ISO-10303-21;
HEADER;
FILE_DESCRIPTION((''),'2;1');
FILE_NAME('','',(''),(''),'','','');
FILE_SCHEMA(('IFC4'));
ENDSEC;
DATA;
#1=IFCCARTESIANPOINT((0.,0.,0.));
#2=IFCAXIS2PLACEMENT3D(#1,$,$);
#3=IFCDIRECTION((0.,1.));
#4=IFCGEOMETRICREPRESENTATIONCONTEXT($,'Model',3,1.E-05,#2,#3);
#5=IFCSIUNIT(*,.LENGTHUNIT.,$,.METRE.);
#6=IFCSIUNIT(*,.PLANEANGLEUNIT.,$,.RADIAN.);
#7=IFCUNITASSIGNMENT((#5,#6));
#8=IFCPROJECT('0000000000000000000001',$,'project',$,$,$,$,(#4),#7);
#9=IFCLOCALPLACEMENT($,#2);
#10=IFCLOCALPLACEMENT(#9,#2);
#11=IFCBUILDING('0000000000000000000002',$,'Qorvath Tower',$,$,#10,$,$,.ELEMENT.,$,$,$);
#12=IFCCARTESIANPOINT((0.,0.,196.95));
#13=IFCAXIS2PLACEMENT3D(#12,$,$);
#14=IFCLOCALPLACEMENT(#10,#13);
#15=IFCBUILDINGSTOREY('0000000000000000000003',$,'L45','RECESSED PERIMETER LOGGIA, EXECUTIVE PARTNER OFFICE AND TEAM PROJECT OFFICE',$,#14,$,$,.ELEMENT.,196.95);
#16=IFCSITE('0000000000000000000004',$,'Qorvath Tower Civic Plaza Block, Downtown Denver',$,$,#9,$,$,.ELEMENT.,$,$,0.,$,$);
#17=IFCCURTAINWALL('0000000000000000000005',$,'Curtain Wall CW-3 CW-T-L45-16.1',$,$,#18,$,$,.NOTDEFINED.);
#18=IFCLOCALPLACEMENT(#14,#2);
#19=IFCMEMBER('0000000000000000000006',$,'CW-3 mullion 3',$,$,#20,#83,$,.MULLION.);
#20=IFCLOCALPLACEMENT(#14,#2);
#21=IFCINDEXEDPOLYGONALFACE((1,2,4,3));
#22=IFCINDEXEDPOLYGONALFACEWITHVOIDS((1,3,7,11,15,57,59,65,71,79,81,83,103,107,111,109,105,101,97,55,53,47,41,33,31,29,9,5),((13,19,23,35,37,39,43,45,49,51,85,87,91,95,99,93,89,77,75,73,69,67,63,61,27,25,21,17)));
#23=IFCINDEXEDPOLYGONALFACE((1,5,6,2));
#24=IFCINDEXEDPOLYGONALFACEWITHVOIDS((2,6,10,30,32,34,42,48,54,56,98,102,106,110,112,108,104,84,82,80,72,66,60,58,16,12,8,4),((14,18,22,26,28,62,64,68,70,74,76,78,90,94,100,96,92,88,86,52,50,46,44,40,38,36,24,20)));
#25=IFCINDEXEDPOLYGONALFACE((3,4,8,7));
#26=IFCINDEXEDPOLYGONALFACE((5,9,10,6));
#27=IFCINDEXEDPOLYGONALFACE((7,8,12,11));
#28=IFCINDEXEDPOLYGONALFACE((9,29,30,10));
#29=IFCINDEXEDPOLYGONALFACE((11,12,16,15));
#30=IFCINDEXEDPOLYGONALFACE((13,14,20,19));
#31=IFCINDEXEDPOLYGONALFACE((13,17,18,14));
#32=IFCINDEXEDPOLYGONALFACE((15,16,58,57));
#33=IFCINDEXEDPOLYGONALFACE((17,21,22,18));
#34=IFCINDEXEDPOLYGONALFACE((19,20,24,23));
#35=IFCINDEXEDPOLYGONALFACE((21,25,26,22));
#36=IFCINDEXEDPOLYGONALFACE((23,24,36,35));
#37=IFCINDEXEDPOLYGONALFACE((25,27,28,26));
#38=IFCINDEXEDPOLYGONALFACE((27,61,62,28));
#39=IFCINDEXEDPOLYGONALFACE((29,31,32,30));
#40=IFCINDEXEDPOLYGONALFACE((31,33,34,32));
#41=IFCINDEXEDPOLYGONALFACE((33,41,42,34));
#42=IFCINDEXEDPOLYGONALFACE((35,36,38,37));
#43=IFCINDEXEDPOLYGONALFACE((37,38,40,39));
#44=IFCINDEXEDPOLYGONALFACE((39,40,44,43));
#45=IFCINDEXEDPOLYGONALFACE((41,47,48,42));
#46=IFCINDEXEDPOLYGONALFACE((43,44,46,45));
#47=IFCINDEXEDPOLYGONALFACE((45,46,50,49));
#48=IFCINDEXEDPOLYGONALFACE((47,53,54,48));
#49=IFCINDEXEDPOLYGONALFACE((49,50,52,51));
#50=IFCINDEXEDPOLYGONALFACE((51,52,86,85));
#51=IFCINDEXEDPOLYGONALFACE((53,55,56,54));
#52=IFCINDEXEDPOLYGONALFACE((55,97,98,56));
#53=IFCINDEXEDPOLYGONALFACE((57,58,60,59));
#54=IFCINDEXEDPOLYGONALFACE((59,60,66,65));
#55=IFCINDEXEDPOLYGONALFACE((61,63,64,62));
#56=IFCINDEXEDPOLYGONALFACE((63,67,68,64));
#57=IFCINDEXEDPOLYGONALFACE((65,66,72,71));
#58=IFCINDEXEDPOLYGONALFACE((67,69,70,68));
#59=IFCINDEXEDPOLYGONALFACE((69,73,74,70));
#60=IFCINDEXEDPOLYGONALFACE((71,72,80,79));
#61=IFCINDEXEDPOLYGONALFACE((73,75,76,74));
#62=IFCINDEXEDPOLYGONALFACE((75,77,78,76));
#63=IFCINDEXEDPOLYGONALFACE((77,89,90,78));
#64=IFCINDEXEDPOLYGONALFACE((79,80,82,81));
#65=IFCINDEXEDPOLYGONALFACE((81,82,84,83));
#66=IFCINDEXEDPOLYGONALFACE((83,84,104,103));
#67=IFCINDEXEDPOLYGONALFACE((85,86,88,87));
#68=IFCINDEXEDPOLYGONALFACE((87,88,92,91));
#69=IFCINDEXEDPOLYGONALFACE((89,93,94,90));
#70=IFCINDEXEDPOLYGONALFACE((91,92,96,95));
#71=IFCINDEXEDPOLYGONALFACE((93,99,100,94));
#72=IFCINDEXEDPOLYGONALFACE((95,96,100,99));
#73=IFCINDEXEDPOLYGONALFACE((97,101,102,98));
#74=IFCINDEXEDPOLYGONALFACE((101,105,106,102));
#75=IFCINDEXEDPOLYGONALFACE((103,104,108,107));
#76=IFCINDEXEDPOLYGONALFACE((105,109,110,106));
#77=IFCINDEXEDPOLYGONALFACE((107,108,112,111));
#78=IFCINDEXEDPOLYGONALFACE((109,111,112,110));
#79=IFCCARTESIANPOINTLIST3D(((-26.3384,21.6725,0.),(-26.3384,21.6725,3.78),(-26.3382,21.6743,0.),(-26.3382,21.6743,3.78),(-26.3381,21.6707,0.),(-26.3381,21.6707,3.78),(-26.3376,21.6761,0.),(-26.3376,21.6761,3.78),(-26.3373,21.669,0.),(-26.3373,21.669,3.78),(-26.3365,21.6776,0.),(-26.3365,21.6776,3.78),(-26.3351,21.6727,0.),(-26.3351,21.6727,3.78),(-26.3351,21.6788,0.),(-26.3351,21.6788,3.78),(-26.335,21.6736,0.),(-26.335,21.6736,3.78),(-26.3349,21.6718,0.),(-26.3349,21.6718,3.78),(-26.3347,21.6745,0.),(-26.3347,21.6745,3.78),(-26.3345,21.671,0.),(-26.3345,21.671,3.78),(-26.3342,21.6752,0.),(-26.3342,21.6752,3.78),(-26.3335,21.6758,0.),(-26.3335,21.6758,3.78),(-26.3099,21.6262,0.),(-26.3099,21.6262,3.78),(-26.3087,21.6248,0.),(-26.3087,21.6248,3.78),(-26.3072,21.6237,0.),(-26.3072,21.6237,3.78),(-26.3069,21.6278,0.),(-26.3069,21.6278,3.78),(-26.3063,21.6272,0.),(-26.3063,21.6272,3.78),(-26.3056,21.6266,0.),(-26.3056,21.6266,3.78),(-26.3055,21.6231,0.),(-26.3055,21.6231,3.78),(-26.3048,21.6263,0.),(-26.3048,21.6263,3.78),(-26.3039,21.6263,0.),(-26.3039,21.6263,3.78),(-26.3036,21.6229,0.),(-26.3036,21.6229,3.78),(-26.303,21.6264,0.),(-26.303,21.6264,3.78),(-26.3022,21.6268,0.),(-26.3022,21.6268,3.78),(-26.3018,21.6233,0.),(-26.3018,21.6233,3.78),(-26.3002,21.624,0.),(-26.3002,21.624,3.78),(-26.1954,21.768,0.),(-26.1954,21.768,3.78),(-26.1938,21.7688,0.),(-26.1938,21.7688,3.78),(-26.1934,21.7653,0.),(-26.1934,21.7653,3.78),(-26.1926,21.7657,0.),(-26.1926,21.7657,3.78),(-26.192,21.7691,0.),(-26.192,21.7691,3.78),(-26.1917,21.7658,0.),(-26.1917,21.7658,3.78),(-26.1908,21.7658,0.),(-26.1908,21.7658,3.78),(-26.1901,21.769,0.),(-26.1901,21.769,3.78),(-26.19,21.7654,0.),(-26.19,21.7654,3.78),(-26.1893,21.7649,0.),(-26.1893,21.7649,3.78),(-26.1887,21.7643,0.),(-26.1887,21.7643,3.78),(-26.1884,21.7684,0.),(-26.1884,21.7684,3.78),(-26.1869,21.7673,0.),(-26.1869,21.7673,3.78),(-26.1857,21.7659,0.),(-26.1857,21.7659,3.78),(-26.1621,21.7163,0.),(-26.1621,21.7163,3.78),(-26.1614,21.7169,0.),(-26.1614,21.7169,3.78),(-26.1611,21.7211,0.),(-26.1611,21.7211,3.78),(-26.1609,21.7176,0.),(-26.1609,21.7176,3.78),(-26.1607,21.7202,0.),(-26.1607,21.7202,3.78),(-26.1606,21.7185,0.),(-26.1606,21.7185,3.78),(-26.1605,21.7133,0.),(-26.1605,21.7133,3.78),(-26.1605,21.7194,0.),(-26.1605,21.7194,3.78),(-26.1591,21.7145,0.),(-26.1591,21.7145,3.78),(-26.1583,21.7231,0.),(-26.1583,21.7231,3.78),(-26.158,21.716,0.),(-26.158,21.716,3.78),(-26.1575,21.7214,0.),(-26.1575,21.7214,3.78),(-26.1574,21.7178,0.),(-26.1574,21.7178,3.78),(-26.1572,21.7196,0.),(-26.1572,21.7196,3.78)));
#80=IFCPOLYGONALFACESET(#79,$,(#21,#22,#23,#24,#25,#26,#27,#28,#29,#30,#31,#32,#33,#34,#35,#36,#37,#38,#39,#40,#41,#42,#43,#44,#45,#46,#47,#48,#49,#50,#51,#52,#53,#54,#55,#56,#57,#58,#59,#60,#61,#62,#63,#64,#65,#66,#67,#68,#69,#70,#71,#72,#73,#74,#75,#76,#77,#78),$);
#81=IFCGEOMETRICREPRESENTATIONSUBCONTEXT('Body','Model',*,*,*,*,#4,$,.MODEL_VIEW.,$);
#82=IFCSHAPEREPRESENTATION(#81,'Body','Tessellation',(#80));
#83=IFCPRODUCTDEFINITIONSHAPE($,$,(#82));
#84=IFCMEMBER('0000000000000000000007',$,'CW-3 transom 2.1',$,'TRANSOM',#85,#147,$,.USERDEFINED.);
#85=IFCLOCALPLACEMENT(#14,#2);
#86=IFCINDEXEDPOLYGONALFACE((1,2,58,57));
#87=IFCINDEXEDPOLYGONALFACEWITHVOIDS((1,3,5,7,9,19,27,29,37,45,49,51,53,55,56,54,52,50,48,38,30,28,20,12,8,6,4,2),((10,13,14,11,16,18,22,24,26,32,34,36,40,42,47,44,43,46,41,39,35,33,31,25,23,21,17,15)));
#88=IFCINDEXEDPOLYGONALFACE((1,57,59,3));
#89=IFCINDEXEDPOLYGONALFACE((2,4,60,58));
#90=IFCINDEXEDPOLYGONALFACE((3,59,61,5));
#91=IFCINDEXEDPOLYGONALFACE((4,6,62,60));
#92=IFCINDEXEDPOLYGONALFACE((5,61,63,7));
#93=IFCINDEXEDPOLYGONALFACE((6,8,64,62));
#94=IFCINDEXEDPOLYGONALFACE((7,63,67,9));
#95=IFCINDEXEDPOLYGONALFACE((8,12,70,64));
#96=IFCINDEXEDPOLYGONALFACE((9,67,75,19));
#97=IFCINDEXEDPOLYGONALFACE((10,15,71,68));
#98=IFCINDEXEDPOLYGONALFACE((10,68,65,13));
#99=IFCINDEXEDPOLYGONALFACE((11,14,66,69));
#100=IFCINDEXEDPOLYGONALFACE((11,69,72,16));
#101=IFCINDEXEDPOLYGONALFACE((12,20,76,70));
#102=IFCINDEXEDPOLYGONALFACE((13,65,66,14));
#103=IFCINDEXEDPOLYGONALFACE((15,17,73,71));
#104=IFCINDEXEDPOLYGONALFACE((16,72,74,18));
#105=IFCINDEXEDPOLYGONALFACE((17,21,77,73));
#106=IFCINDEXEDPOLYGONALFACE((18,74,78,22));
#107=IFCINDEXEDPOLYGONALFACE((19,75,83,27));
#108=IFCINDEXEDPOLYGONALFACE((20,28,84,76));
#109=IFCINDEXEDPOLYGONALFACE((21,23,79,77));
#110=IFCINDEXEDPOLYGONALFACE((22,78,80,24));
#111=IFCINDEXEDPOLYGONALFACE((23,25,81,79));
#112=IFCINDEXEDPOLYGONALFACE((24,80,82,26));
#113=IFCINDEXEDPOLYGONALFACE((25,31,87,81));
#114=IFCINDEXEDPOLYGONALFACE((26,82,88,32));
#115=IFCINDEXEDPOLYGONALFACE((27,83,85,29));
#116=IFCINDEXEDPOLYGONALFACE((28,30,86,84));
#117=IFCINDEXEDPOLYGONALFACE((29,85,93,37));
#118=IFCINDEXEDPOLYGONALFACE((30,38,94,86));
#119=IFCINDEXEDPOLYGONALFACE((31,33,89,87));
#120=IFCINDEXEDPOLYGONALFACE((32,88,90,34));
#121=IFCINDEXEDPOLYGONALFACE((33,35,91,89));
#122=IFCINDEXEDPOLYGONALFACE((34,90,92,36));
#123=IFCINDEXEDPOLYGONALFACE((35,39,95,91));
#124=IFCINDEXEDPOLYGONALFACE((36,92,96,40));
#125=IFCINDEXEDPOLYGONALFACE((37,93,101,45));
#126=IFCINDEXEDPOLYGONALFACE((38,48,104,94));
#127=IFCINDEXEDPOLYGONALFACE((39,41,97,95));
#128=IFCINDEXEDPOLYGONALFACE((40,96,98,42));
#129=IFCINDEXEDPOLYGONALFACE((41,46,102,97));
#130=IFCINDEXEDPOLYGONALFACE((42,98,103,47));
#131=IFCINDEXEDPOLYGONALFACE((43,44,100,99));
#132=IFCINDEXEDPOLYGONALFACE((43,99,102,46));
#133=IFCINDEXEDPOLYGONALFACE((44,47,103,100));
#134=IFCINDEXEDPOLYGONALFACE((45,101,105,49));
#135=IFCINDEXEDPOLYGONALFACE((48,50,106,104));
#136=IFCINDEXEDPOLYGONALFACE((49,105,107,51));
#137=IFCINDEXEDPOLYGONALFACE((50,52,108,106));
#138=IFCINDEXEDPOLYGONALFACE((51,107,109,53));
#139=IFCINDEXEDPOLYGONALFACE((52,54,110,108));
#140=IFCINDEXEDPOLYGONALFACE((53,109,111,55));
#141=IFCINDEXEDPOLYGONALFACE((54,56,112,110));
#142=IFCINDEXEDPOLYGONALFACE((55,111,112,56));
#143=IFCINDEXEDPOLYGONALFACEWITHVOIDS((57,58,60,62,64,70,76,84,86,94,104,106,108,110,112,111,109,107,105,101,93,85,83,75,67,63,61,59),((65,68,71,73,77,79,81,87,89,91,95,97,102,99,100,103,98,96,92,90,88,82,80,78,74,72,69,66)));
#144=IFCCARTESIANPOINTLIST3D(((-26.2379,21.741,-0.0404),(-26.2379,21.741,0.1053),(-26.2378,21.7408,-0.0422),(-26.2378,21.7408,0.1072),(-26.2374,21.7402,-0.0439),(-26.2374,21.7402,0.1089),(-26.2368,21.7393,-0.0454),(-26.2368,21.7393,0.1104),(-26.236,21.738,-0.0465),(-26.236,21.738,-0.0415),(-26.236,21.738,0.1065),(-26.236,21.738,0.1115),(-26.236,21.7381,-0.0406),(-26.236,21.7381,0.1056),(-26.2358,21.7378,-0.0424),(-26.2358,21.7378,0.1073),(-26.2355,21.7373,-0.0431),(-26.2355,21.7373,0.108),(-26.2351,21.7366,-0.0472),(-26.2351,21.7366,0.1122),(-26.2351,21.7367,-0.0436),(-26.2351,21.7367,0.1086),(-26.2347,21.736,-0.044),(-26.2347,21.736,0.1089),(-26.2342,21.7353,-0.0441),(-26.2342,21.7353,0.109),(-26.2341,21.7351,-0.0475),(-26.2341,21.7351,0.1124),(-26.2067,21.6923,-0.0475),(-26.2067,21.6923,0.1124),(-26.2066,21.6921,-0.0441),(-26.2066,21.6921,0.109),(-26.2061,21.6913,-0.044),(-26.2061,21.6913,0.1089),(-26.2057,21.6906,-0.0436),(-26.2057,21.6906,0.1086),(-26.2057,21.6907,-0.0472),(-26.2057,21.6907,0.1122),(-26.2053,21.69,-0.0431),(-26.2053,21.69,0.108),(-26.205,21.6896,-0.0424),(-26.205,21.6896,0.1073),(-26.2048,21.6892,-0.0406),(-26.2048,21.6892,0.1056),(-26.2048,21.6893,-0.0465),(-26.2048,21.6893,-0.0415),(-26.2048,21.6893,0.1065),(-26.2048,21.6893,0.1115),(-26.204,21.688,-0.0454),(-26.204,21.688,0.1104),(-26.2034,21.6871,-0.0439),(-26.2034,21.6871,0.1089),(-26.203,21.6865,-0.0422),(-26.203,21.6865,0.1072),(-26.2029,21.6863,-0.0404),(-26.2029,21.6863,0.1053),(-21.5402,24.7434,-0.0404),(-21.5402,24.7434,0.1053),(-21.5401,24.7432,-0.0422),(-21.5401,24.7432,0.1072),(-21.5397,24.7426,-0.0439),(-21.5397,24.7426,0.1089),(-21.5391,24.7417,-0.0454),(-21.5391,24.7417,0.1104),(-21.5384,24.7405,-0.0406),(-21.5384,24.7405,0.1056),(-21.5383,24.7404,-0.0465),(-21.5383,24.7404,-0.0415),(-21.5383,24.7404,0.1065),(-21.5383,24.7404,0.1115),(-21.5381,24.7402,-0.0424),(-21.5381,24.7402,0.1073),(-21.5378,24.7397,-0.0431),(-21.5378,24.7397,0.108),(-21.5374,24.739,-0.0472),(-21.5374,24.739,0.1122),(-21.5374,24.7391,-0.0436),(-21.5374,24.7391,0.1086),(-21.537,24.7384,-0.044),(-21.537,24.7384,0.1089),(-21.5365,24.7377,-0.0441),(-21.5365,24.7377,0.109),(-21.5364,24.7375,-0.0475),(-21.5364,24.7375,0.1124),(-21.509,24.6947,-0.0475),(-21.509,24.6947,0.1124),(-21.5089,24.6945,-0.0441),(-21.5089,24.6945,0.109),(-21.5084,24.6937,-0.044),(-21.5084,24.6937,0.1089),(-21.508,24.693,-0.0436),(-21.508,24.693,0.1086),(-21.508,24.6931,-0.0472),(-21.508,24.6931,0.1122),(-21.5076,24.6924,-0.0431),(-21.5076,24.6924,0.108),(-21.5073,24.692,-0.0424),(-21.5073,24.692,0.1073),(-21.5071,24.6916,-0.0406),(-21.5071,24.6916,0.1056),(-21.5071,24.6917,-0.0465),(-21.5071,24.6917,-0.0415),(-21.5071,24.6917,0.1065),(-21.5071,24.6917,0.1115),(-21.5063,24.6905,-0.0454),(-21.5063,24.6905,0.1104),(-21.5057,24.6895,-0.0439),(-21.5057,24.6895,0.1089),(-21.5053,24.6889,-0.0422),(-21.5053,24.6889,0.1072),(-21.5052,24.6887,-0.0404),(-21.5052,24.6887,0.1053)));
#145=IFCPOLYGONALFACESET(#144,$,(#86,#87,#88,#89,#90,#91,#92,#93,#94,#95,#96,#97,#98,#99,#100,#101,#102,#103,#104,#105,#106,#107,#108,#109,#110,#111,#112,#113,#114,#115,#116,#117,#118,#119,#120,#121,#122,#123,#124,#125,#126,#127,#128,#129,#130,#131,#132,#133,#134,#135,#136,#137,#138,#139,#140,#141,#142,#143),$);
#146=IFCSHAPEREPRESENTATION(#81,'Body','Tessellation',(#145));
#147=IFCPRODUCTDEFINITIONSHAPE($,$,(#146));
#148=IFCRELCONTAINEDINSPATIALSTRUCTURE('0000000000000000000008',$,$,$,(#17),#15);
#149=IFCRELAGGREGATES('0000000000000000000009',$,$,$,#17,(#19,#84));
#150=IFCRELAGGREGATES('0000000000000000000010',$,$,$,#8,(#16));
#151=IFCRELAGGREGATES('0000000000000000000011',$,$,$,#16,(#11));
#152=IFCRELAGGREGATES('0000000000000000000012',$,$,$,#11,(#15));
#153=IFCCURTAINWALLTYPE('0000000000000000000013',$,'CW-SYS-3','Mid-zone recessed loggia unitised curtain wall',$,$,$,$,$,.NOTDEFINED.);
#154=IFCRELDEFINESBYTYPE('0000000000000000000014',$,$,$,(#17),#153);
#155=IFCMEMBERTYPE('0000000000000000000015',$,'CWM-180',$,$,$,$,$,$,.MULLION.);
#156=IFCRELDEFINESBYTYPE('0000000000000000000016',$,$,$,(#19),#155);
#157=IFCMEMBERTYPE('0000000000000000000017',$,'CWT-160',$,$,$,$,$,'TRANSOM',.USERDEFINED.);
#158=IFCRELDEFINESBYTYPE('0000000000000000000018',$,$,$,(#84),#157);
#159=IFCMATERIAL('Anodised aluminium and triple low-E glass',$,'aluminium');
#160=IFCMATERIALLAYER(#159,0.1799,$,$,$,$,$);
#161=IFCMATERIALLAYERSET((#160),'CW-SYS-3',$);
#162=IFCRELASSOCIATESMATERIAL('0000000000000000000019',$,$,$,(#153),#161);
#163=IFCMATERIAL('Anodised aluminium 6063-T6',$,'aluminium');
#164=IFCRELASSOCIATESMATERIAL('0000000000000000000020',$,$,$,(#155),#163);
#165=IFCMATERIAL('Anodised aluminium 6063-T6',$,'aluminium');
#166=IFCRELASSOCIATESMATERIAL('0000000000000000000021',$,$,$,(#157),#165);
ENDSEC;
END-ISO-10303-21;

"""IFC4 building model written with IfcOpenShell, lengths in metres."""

from ifc_helpers import new_model, si_unit, direction, frame, origin, origin_2d, place, context, subcontext, project, spatial, hollow_rectangle, extrude, material, layer, layer_set, material_profile, profile_set, type_object, element, aggregate, save


model = new_model("IFC4")

# Units and contexts
model_context = context("Model", 3, precision=1e-05, world=origin(), true_north=direction((0.0, 1.0)))
body_context = subcontext(model_context, "Body", "Model", "MODEL_VIEW")
ifc_project = project(units=[si_unit("LENGTHUNIT", "METRE"), si_unit("PLANEANGLEUNIT", "RADIAN")], contexts=[model_context])

# Site, building, storey
site_placement = place(None, origin())
site = spatial("IfcSite", under=ifc_project, at=site_placement, Name="Qorvath Tower Civic Plaza Block, Downtown Denver", CompositionType="ELEMENT", RefElevation=0.0)
building_placement = place(site_placement, origin())
building = spatial("IfcBuilding", under=site, at=building_placement, Name="Qorvath Tower", CompositionType="ELEMENT")
storey_placement = place(building_placement, frame((0.0, 0.0, 196.95)))
storey = spatial("IfcBuildingStorey", under=building, at=storey_placement, Name="L45", Description="RECESSED PERIMETER LOGGIA, EXECUTIVE PARTNER OFFICE AND TEAM PROJECT OFFICE", CompositionType="ELEMENT", Elevation=196.95)

# Curtain wall, members
ifc_material_1 = material(Name="Anodised aluminium and triple low-E glass", Category="aluminium")
ifc_layer_1 = layer(ifc_material_1, 0.1799)
ifc_layer_set_1 = layer_set([ifc_layer_1], Name="CW-SYS-3")
curtain_wall_type = type_object("IfcCurtainWallType", Name="CW-SYS-3", Description="Mid-zone recessed loggia unitised curtain wall", PredefinedType="NOTDEFINED", material=ifc_layer_set_1)
curtain_wall_placement = place(storey_placement, origin())
curtain_wall = element("IfcCurtainWall", 1, at=curtain_wall_placement, inside=storey, type_object=curtain_wall_type, Name="Curtain Wall CW-3 CW-T-L45-16.1", PredefinedType="NOTDEFINED")
ifc_material_2 = material(Name="Anodised aluminium 6063-T6", Category="aluminium")
ifc_material_profile_1 = material_profile(ifc_material_2, hollow_rectangle(XDim=0.0649, YDim=0.1799, WallThickness=0.0034, InnerFilletRadius=0.0034, OuterFilletRadius=0.0071, at=origin_2d()), Name="CWM 180x65")
ifc_profile_set_1 = profile_set([ifc_material_profile_1], Name="Anodised aluminium 6063-T6")
member_type_1 = type_object("IfcMemberType", Name="CWM-180", PredefinedType="MULLION", material=ifc_profile_set_1)
member_1_placement = place(storey_placement, frame((-26.2478, 21.696, 0.0), z_axis=(0.0, 0.0, 1.0), x_axis=(0.538534, -0.842604, 0.0)))
member_1 = element("IfcMember", 2, at=member_1_placement, type_object=member_type_1, Name="CW-3 mullion 3", PredefinedType="MULLION", context=body_context, shape_type="SweptSolid", body=[
    extrude(hollow_rectangle(XDim=0.0649, YDim=0.1799, WallThickness=0.0034, InnerFilletRadius=0.0034, OuterFilletRadius=0.0071, at=origin_2d()), origin(), (0.0, 0.0, 1.0), 3.78),
])
ifc_material_3 = material(Name="Anodised aluminium 6063-T6", Category="aluminium")
ifc_material_profile_2 = material_profile(ifc_material_3, hollow_rectangle(XDim=0.0649, YDim=0.1599, WallThickness=0.0034, InnerFilletRadius=0.0034, OuterFilletRadius=0.0071, at=origin_2d()), Name="CWT 160x65")
ifc_profile_set_2 = profile_set([ifc_material_profile_2], Name="Anodised aluminium 6063-T6")
member_type_2 = type_object("IfcMemberType", Name="CWT-160", ElementType="TRANSOM", PredefinedType="USERDEFINED", material=ifc_profile_set_2)
member_2_placement = place(storey_placement, frame((-21.5227, 24.7161, 0.0325), z_axis=(-0.842607, -0.538529, 0.0), x_axis=(0.538529, -0.842607, 0.0)))
member_2 = element("IfcMember", 3, at=member_2_placement, type_object=member_type_2, Name="CW-3 transom 2.1", ObjectType="TRANSOM", PredefinedType="USERDEFINED", context=body_context, shape_type="SweptSolid", body=[
    extrude(hollow_rectangle(XDim=0.0649, YDim=0.1599, WallThickness=0.0034, InnerFilletRadius=0.0034, OuterFilletRadius=0.0071, at=origin_2d()), origin(), (0.0, 0.0, 1.0), 5.5752),
])
aggregate(curtain_wall, [member_1, member_2])

save(model, "model.ifc")
